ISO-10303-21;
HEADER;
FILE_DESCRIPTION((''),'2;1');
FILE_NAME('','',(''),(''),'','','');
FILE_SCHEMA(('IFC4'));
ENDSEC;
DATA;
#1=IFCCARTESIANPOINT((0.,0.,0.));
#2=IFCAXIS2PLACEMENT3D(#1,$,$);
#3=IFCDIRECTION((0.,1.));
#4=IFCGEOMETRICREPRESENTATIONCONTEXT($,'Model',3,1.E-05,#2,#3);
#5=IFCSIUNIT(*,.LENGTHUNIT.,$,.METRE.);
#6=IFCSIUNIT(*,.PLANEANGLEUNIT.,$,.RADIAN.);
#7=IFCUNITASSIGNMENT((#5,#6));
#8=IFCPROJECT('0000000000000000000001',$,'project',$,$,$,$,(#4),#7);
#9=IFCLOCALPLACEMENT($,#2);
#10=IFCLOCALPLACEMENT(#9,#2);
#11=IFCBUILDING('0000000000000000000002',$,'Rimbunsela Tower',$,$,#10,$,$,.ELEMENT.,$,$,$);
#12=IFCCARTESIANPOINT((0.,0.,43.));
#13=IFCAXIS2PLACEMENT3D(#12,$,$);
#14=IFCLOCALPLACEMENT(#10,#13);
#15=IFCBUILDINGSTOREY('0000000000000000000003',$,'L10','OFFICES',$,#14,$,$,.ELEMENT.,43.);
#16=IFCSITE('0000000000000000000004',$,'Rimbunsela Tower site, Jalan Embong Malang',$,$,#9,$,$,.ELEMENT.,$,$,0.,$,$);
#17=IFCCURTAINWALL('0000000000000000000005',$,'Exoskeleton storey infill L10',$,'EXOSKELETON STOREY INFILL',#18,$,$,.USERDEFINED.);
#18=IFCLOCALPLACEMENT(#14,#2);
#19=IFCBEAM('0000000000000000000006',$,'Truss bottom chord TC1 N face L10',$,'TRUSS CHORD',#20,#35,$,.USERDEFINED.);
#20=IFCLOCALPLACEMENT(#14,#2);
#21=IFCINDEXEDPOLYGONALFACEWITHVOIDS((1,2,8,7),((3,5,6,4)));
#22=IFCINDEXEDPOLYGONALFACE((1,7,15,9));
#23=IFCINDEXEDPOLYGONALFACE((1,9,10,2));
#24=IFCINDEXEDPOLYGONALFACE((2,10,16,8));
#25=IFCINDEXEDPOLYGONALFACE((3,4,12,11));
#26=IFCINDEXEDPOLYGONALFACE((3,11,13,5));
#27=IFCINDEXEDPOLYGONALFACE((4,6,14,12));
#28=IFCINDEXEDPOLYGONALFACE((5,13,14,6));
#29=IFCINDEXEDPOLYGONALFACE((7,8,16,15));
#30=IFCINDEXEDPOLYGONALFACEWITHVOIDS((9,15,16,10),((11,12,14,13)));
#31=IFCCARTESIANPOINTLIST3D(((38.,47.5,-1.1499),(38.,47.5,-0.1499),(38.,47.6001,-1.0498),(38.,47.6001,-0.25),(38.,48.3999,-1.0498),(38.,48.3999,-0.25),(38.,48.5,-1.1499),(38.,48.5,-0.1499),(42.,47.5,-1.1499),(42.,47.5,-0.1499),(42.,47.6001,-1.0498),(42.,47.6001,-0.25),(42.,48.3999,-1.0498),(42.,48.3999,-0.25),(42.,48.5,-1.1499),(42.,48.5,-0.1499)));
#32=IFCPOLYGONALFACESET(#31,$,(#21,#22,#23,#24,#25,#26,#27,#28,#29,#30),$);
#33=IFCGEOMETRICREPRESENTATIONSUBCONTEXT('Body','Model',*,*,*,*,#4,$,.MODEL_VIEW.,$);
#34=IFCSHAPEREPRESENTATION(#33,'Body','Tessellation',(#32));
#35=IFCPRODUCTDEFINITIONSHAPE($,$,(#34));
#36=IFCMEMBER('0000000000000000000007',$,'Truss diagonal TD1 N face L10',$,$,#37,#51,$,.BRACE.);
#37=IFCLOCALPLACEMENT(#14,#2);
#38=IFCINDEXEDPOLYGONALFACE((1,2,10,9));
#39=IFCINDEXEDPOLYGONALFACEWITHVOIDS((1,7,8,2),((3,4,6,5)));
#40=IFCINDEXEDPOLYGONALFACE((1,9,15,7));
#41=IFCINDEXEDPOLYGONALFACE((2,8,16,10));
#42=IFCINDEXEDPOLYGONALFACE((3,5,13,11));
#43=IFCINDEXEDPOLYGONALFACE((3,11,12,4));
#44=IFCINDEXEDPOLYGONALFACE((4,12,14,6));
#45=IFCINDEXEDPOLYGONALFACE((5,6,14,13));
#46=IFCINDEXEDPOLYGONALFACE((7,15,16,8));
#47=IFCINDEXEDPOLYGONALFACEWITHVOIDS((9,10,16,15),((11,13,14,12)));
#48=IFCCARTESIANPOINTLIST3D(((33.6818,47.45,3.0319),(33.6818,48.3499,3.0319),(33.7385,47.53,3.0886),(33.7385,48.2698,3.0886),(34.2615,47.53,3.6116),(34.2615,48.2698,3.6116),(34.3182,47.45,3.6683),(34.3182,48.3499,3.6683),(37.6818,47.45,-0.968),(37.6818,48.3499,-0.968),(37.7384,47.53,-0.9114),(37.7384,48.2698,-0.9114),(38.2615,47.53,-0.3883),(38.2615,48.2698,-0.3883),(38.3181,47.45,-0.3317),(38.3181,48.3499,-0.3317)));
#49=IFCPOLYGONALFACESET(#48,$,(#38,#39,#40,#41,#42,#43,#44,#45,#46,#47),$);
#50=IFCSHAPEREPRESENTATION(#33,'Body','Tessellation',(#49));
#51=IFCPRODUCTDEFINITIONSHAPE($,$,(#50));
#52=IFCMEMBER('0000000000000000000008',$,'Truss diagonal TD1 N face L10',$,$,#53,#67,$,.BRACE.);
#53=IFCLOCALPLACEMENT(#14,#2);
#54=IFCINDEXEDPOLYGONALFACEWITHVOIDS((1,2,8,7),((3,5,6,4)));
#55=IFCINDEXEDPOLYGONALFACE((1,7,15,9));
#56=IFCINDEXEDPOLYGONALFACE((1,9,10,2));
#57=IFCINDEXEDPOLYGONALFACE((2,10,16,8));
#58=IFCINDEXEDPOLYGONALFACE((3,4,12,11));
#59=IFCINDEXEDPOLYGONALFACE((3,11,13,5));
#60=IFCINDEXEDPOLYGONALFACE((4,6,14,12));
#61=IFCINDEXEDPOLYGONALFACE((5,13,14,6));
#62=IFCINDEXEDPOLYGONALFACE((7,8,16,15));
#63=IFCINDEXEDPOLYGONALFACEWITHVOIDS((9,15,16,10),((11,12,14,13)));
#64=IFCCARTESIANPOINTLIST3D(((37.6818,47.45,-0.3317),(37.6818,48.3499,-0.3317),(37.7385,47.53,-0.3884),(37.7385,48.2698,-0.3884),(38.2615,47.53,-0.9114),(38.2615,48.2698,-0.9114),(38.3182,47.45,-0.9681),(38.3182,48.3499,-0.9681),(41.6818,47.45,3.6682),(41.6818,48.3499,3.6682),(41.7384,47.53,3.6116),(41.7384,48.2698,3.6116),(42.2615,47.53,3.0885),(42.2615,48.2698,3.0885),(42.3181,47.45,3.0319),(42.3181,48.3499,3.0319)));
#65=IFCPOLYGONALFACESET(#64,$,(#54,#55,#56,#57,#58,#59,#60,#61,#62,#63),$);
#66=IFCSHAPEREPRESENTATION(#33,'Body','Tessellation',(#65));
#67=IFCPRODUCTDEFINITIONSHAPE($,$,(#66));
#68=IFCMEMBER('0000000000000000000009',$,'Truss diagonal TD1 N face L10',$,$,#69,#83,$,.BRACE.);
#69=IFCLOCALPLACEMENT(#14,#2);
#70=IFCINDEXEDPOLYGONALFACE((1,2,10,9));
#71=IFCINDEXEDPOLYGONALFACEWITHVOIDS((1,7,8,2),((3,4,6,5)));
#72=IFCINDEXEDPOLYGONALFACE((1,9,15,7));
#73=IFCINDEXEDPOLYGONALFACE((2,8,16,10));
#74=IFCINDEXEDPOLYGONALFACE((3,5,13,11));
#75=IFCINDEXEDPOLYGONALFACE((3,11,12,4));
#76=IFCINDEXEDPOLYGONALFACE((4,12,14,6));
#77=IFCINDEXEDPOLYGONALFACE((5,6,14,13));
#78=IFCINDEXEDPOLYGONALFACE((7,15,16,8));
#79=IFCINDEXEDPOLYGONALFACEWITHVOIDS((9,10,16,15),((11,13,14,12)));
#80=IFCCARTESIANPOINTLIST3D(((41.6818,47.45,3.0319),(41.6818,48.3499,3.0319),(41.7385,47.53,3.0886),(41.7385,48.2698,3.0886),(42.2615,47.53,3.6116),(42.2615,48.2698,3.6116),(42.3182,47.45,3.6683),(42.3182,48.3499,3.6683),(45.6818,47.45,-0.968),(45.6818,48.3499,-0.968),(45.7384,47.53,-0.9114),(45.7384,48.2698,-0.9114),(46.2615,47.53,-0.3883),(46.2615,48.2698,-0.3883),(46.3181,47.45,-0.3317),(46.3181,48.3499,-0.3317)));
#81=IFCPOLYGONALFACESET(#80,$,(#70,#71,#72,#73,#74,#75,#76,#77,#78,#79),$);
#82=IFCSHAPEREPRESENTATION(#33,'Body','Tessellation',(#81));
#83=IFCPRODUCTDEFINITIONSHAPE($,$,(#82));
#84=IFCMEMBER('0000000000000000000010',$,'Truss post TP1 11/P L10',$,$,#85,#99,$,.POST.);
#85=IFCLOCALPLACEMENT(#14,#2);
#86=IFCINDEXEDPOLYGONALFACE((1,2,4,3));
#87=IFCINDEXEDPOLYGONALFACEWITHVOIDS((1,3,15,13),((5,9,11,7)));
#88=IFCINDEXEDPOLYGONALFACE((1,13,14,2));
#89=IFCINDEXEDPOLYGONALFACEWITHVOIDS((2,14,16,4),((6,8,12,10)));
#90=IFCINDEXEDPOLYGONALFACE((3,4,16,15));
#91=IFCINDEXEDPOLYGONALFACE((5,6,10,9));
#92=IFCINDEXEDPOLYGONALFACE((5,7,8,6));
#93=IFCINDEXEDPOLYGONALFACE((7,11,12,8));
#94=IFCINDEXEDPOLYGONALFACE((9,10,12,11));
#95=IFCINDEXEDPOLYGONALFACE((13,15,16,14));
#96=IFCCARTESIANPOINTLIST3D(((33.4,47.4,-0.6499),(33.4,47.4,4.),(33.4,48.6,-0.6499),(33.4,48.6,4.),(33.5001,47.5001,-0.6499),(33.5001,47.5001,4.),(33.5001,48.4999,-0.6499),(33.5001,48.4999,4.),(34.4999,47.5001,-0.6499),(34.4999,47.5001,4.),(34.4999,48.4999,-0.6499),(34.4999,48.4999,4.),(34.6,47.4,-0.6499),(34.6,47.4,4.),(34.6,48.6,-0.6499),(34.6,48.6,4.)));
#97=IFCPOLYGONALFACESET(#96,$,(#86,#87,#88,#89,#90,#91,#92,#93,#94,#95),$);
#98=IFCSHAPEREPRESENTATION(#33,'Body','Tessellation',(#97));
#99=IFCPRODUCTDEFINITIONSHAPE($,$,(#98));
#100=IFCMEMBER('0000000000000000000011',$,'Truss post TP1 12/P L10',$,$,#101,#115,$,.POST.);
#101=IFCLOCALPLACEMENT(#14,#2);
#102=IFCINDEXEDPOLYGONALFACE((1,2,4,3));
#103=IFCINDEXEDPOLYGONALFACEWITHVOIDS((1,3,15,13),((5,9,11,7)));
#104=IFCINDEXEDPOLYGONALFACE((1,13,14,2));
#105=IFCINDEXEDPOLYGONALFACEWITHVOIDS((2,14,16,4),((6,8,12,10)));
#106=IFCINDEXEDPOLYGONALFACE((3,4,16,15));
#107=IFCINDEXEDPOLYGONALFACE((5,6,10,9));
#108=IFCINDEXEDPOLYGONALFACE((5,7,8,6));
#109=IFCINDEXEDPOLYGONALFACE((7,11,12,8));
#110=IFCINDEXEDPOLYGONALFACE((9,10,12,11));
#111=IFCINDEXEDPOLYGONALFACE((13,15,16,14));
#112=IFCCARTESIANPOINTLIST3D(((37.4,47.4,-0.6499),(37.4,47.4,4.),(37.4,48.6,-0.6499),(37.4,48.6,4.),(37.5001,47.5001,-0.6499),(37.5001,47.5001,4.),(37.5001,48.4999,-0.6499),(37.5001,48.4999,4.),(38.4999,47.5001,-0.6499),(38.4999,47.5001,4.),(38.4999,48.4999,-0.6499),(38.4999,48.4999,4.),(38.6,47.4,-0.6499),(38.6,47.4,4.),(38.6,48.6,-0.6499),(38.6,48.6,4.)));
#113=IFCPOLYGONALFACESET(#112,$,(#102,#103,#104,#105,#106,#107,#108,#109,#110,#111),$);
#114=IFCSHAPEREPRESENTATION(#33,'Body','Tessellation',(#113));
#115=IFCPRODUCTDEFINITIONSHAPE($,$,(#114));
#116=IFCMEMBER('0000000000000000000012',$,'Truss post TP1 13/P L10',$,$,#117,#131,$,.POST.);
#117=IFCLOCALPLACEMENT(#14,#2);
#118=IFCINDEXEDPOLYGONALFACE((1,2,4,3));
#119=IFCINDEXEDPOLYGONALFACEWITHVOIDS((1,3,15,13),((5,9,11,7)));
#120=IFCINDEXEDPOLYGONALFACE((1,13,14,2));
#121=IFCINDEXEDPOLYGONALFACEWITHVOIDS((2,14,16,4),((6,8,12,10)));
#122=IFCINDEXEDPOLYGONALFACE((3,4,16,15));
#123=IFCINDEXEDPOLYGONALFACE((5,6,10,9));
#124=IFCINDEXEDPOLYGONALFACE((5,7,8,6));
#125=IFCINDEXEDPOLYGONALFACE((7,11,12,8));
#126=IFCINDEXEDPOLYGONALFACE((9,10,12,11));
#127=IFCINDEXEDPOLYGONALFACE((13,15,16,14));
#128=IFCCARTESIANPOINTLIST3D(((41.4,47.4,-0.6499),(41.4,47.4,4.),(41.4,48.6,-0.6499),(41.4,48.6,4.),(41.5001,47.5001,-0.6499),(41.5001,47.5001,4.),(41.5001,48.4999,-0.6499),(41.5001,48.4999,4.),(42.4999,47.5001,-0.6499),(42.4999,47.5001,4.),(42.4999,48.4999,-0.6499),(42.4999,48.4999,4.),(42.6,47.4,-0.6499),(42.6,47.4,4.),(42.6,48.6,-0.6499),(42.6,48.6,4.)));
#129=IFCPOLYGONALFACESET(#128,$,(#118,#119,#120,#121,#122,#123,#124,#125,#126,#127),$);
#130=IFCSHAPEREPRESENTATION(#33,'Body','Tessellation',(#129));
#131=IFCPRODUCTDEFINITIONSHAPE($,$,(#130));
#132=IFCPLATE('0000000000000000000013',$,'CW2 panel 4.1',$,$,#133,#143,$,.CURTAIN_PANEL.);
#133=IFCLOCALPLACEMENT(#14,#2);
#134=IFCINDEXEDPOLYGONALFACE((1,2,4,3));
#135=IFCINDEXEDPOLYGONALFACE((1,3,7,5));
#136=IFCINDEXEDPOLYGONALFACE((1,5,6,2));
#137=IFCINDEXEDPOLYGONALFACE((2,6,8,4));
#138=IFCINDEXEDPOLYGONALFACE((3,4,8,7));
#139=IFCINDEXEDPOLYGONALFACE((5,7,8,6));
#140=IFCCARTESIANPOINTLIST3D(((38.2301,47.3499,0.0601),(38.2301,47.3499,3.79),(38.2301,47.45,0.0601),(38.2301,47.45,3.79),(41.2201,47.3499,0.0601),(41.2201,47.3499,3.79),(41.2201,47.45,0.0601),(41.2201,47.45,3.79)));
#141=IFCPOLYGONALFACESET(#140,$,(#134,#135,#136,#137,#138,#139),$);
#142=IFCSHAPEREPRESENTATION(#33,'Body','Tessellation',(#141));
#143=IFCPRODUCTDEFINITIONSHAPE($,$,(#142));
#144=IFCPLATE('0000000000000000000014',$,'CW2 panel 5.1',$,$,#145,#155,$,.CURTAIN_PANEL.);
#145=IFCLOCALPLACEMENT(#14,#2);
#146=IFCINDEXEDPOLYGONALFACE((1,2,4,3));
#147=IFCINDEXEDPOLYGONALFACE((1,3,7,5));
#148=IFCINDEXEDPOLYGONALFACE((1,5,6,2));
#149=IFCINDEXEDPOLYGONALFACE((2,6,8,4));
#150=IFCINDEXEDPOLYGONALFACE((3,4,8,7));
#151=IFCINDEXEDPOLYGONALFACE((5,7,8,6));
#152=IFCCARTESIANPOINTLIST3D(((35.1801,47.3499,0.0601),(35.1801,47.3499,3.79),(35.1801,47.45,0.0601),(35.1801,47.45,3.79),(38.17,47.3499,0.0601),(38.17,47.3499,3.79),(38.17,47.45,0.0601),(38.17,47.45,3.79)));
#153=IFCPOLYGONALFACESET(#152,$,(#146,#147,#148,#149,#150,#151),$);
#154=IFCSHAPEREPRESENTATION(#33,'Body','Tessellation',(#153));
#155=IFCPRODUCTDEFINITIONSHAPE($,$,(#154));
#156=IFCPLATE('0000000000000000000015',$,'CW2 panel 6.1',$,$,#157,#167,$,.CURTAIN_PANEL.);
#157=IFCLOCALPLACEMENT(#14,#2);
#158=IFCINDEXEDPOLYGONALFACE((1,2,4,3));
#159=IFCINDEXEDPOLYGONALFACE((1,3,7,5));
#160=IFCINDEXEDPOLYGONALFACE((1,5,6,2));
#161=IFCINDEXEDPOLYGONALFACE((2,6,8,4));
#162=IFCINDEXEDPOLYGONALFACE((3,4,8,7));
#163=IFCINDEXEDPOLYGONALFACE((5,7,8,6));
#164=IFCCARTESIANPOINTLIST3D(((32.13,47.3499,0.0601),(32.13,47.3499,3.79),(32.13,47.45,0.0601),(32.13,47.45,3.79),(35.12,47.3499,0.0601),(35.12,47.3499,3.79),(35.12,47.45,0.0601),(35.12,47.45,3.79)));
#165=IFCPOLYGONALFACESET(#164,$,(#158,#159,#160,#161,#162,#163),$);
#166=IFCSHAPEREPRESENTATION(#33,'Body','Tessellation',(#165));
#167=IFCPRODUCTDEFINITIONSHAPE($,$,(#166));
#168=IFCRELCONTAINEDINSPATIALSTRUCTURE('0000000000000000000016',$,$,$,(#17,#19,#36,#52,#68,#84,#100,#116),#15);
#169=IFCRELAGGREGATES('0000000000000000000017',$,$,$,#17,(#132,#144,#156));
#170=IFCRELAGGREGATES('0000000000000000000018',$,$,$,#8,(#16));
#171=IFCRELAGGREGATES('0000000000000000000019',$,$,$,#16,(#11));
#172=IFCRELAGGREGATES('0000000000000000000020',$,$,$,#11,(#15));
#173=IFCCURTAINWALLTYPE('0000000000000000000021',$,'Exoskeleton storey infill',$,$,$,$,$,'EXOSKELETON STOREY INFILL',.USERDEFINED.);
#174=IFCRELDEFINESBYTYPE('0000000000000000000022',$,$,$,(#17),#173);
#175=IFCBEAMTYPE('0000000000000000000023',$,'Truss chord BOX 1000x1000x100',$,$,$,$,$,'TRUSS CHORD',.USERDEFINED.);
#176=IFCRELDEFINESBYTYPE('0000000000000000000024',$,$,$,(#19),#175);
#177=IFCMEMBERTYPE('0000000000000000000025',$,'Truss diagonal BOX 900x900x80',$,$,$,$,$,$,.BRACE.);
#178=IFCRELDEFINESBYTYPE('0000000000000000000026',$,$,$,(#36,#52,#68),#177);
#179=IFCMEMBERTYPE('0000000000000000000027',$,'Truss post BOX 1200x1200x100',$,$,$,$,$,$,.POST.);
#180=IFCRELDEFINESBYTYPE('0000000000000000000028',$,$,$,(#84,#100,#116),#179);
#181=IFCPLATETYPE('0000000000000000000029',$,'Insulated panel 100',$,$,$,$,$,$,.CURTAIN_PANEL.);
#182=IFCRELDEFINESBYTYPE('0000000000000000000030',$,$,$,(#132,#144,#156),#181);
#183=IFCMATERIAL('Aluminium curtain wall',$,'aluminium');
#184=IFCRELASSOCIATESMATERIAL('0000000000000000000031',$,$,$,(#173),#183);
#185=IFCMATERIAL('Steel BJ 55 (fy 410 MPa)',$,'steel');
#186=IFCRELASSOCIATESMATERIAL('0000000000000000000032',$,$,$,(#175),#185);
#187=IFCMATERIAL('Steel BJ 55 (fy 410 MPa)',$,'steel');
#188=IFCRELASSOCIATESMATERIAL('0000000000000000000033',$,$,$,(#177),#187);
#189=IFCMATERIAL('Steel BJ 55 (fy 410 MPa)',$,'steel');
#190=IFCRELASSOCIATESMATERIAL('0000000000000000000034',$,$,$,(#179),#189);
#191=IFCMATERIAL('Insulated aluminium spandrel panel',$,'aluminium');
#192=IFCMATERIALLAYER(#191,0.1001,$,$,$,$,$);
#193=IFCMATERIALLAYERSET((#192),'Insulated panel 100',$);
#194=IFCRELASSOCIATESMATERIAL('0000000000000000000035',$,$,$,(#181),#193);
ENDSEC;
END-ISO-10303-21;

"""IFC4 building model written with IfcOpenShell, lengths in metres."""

from ifc_helpers import new_model, si_unit, direction, frame, origin, origin_2d, place, context, subcontext, project, spatial, rectangle, hollow_rectangle, extrude, material, layer, layer_set, material_profile, profile_set, type_object, element, aggregate, save


model = new_model("IFC4")

# Units and contexts
model_context = context("Model", 3, precision=1e-05, world=origin(), true_north=direction((0.0, 1.0)))
body_context = subcontext(model_context, "Body", "Model", "MODEL_VIEW")
ifc_project = project(units=[si_unit("LENGTHUNIT", "METRE"), si_unit("PLANEANGLEUNIT", "RADIAN")], contexts=[model_context])

# Site, building, storey
site_placement = place(None, origin())
site = spatial("IfcSite", under=ifc_project, at=site_placement, Name="Rimbunsela Tower site, Jalan Embong Malang", CompositionType="ELEMENT", RefElevation=0.0)
building_placement = place(site_placement, origin())
building = spatial("IfcBuilding", under=site, at=building_placement, Name="Rimbunsela Tower", CompositionType="ELEMENT")
storey_placement = place(building_placement, frame((0.0, 0.0, 43.0)))
storey = spatial("IfcBuildingStorey", under=building, at=storey_placement, Name="L10", Description="OFFICES", CompositionType="ELEMENT", Elevation=43.0)

# Curtain wall
ifc_material_1 = material(Name="Aluminium curtain wall", Category="aluminium")
curtain_wall_type = type_object("IfcCurtainWallType", Name="Exoskeleton storey infill", ElementType="EXOSKELETON STOREY INFILL", PredefinedType="USERDEFINED", material=ifc_material_1)
curtain_wall_placement = place(storey_placement, origin())
curtain_wall = element("IfcCurtainWall", 1, at=curtain_wall_placement, inside=storey, type_object=curtain_wall_type, Name="Exoskeleton storey infill L10", ObjectType="EXOSKELETON STOREY INFILL", PredefinedType="USERDEFINED")

# Beam
ifc_material_2 = material(Name="Steel BJ 55 (fy 410 MPa)", Category="steel")
ifc_material_profile_1 = material_profile(ifc_material_2, hollow_rectangle(XDim=1.0, YDim=1.0, WallThickness=0.1001, at=origin_2d()), Name="BOX 1000x1000x100")
ifc_profile_set_1 = profile_set([ifc_material_profile_1], Name="Steel BJ 55 (fy 410 MPa)")
beam_type = type_object("IfcBeamType", Name="Truss chord BOX 1000x1000x100", ElementType="TRUSS CHORD", PredefinedType="USERDEFINED", material=ifc_profile_set_1)
for number, where, z_axis, x_axis, name in (
    (2, (38.0, 48.0, -0.6499), (1.0, 0.0, 0.0), (0.0, 1.0, 0.0), "Truss bottom chord TC1 N face L10"),
):
    element("IfcBeam", number, at=place(storey_placement, frame(where, z_axis=z_axis, x_axis=x_axis)), inside=storey, type_object=beam_type, Name=name, ObjectType="TRUSS CHORD", PredefinedType="USERDEFINED", context=body_context, shape_type="SweptSolid", body=[
        extrude(hollow_rectangle(XDim=1.0, YDim=1.0, WallThickness=0.1001, at=origin_2d()), origin(), (0.0, 0.0, 1.0), 4.0),
    ])

# Members
ifc_material_3 = material(Name="Steel BJ 55 (fy 410 MPa)", Category="steel")
ifc_material_profile_2 = material_profile(ifc_material_3, hollow_rectangle(XDim=0.8999, YDim=0.8999, WallThickness=0.0801, at=origin_2d()), Name="BOX 900x900x80")
ifc_profile_set_2 = profile_set([ifc_material_profile_2], Name="Steel BJ 55 (fy 410 MPa)")
member_type_1 = type_object("IfcMemberType", Name="Truss diagonal BOX 900x900x80", PredefinedType="BRACE", material=ifc_profile_set_2)
for number, where, z_axis, x_axis, name in (
    (3, (34.0, 47.8999, 3.3501), (0.707107, 0.0, -0.707107), (0.0, 1.0, 0.0), "Truss diagonal TD1 N face L10"),
    (4, (38.0, 47.8999, -0.6499), (0.707107, 0.0, 0.707107), (0.0, 1.0, 0.0), "Truss diagonal TD1 N face L10"),
    (5, (42.0, 47.8999, 3.3501), (0.707107, 0.0, -0.707107), (0.0, 1.0, 0.0), "Truss diagonal TD1 N face L10"),
):
    element("IfcMember", number, at=place(storey_placement, frame(where, z_axis=z_axis, x_axis=x_axis)), inside=storey, type_object=member_type_1, Name=name, PredefinedType="BRACE", context=body_context, shape_type="SweptSolid", body=[
        extrude(hollow_rectangle(XDim=0.8999, YDim=0.8999, WallThickness=0.0801, at=origin_2d()), origin(), (0.0, 0.0, 1.0), 5.6567),
    ])
ifc_material_4 = material(Name="Steel BJ 55 (fy 410 MPa)", Category="steel")
ifc_material_profile_3 = material_profile(ifc_material_4, hollow_rectangle(XDim=1.2, YDim=1.2, WallThickness=0.1001, at=origin_2d()), Name="BOX 1200x1200x100")
ifc_profile_set_3 = profile_set([ifc_material_profile_3], Name="Steel BJ 55 (fy 410 MPa)")
member_type_2 = type_object("IfcMemberType", Name="Truss post BOX 1200x1200x100", PredefinedType="POST", material=ifc_profile_set_3)
for number, where, z_axis, x_axis, name in (
    (6, (34.0, 48.0, -0.6499), (0.0, 0.0, 1.0), (1.0, 0.0, 0.0), "Truss post TP1 11/P L10"),
    (7, (38.0, 48.0, -0.6499), (0.0, 0.0, 1.0), (1.0, 0.0, 0.0), "Truss post TP1 12/P L10"),
    (8, (42.0, 48.0, -0.6499), (0.0, 0.0, 1.0), (1.0, 0.0, 0.0), "Truss post TP1 13/P L10"),
):
    element("IfcMember", number, at=place(storey_placement, frame(where, z_axis=z_axis, x_axis=x_axis)), inside=storey, type_object=member_type_2, Name=name, PredefinedType="POST", context=body_context, shape_type="SweptSolid", body=[
        extrude(hollow_rectangle(XDim=1.2, YDim=1.2, WallThickness=0.1001, at=origin_2d()), origin(), (0.0, 0.0, 1.0), 4.6499),
    ])

# Plates
ifc_material_5 = material(Name="Insulated aluminium spandrel panel", Category="aluminium")
ifc_layer = layer(ifc_material_5, 0.1001)
ifc_layer_set = layer_set([ifc_layer], Name="Insulated panel 100")
plate_type = type_object("IfcPlateType", Name="Insulated panel 100", PredefinedType="CURTAIN_PANEL", material=ifc_layer_set)
plate_1_placement = place(storey_placement, frame((39.7251, 47.3999, 0.0601), z_axis=(0.0, 0.0, 1.0), x_axis=(-1.0, 0.0, 0.0)))
plate_1 = element("IfcPlate", 9, at=plate_1_placement, type_object=plate_type, Name="CW2 panel 4.1", PredefinedType="CURTAIN_PANEL", context=body_context, shape_type="SweptSolid", body=[
    extrude(rectangle(XDim=2.99, YDim=0.1001, at=origin_2d()), origin(), (0.0, 0.0, 1.0), 3.73),
])
plate_2_placement = place(storey_placement, frame((36.675, 47.3999, 0.0601), z_axis=(0.0, 0.0, 1.0), x_axis=(-1.0, 0.0, 0.0)))
plate_2 = element("IfcPlate", 10, at=plate_2_placement, type_object=plate_type, Name="CW2 panel 5.1", PredefinedType="CURTAIN_PANEL", context=body_context, shape_type="SweptSolid", body=[
    extrude(rectangle(XDim=2.99, YDim=0.1001, at=origin_2d()), origin(), (0.0, 0.0, 1.0), 3.73),
])
plate_3_placement = place(storey_placement, frame((33.625, 47.3999, 0.0601), z_axis=(0.0, 0.0, 1.0), x_axis=(-1.0, 0.0, 0.0)))
plate_3 = element("IfcPlate", 11, at=plate_3_placement, type_object=plate_type, Name="CW2 panel 6.1", PredefinedType="CURTAIN_PANEL", context=body_context, shape_type="SweptSolid", body=[
    extrude(rectangle(XDim=2.99, YDim=0.1001, at=origin_2d()), origin(), (0.0, 0.0, 1.0), 3.73),
])
aggregate(curtain_wall, [plate_1, plate_2, plate_3])

save(model, "model.ifc")
